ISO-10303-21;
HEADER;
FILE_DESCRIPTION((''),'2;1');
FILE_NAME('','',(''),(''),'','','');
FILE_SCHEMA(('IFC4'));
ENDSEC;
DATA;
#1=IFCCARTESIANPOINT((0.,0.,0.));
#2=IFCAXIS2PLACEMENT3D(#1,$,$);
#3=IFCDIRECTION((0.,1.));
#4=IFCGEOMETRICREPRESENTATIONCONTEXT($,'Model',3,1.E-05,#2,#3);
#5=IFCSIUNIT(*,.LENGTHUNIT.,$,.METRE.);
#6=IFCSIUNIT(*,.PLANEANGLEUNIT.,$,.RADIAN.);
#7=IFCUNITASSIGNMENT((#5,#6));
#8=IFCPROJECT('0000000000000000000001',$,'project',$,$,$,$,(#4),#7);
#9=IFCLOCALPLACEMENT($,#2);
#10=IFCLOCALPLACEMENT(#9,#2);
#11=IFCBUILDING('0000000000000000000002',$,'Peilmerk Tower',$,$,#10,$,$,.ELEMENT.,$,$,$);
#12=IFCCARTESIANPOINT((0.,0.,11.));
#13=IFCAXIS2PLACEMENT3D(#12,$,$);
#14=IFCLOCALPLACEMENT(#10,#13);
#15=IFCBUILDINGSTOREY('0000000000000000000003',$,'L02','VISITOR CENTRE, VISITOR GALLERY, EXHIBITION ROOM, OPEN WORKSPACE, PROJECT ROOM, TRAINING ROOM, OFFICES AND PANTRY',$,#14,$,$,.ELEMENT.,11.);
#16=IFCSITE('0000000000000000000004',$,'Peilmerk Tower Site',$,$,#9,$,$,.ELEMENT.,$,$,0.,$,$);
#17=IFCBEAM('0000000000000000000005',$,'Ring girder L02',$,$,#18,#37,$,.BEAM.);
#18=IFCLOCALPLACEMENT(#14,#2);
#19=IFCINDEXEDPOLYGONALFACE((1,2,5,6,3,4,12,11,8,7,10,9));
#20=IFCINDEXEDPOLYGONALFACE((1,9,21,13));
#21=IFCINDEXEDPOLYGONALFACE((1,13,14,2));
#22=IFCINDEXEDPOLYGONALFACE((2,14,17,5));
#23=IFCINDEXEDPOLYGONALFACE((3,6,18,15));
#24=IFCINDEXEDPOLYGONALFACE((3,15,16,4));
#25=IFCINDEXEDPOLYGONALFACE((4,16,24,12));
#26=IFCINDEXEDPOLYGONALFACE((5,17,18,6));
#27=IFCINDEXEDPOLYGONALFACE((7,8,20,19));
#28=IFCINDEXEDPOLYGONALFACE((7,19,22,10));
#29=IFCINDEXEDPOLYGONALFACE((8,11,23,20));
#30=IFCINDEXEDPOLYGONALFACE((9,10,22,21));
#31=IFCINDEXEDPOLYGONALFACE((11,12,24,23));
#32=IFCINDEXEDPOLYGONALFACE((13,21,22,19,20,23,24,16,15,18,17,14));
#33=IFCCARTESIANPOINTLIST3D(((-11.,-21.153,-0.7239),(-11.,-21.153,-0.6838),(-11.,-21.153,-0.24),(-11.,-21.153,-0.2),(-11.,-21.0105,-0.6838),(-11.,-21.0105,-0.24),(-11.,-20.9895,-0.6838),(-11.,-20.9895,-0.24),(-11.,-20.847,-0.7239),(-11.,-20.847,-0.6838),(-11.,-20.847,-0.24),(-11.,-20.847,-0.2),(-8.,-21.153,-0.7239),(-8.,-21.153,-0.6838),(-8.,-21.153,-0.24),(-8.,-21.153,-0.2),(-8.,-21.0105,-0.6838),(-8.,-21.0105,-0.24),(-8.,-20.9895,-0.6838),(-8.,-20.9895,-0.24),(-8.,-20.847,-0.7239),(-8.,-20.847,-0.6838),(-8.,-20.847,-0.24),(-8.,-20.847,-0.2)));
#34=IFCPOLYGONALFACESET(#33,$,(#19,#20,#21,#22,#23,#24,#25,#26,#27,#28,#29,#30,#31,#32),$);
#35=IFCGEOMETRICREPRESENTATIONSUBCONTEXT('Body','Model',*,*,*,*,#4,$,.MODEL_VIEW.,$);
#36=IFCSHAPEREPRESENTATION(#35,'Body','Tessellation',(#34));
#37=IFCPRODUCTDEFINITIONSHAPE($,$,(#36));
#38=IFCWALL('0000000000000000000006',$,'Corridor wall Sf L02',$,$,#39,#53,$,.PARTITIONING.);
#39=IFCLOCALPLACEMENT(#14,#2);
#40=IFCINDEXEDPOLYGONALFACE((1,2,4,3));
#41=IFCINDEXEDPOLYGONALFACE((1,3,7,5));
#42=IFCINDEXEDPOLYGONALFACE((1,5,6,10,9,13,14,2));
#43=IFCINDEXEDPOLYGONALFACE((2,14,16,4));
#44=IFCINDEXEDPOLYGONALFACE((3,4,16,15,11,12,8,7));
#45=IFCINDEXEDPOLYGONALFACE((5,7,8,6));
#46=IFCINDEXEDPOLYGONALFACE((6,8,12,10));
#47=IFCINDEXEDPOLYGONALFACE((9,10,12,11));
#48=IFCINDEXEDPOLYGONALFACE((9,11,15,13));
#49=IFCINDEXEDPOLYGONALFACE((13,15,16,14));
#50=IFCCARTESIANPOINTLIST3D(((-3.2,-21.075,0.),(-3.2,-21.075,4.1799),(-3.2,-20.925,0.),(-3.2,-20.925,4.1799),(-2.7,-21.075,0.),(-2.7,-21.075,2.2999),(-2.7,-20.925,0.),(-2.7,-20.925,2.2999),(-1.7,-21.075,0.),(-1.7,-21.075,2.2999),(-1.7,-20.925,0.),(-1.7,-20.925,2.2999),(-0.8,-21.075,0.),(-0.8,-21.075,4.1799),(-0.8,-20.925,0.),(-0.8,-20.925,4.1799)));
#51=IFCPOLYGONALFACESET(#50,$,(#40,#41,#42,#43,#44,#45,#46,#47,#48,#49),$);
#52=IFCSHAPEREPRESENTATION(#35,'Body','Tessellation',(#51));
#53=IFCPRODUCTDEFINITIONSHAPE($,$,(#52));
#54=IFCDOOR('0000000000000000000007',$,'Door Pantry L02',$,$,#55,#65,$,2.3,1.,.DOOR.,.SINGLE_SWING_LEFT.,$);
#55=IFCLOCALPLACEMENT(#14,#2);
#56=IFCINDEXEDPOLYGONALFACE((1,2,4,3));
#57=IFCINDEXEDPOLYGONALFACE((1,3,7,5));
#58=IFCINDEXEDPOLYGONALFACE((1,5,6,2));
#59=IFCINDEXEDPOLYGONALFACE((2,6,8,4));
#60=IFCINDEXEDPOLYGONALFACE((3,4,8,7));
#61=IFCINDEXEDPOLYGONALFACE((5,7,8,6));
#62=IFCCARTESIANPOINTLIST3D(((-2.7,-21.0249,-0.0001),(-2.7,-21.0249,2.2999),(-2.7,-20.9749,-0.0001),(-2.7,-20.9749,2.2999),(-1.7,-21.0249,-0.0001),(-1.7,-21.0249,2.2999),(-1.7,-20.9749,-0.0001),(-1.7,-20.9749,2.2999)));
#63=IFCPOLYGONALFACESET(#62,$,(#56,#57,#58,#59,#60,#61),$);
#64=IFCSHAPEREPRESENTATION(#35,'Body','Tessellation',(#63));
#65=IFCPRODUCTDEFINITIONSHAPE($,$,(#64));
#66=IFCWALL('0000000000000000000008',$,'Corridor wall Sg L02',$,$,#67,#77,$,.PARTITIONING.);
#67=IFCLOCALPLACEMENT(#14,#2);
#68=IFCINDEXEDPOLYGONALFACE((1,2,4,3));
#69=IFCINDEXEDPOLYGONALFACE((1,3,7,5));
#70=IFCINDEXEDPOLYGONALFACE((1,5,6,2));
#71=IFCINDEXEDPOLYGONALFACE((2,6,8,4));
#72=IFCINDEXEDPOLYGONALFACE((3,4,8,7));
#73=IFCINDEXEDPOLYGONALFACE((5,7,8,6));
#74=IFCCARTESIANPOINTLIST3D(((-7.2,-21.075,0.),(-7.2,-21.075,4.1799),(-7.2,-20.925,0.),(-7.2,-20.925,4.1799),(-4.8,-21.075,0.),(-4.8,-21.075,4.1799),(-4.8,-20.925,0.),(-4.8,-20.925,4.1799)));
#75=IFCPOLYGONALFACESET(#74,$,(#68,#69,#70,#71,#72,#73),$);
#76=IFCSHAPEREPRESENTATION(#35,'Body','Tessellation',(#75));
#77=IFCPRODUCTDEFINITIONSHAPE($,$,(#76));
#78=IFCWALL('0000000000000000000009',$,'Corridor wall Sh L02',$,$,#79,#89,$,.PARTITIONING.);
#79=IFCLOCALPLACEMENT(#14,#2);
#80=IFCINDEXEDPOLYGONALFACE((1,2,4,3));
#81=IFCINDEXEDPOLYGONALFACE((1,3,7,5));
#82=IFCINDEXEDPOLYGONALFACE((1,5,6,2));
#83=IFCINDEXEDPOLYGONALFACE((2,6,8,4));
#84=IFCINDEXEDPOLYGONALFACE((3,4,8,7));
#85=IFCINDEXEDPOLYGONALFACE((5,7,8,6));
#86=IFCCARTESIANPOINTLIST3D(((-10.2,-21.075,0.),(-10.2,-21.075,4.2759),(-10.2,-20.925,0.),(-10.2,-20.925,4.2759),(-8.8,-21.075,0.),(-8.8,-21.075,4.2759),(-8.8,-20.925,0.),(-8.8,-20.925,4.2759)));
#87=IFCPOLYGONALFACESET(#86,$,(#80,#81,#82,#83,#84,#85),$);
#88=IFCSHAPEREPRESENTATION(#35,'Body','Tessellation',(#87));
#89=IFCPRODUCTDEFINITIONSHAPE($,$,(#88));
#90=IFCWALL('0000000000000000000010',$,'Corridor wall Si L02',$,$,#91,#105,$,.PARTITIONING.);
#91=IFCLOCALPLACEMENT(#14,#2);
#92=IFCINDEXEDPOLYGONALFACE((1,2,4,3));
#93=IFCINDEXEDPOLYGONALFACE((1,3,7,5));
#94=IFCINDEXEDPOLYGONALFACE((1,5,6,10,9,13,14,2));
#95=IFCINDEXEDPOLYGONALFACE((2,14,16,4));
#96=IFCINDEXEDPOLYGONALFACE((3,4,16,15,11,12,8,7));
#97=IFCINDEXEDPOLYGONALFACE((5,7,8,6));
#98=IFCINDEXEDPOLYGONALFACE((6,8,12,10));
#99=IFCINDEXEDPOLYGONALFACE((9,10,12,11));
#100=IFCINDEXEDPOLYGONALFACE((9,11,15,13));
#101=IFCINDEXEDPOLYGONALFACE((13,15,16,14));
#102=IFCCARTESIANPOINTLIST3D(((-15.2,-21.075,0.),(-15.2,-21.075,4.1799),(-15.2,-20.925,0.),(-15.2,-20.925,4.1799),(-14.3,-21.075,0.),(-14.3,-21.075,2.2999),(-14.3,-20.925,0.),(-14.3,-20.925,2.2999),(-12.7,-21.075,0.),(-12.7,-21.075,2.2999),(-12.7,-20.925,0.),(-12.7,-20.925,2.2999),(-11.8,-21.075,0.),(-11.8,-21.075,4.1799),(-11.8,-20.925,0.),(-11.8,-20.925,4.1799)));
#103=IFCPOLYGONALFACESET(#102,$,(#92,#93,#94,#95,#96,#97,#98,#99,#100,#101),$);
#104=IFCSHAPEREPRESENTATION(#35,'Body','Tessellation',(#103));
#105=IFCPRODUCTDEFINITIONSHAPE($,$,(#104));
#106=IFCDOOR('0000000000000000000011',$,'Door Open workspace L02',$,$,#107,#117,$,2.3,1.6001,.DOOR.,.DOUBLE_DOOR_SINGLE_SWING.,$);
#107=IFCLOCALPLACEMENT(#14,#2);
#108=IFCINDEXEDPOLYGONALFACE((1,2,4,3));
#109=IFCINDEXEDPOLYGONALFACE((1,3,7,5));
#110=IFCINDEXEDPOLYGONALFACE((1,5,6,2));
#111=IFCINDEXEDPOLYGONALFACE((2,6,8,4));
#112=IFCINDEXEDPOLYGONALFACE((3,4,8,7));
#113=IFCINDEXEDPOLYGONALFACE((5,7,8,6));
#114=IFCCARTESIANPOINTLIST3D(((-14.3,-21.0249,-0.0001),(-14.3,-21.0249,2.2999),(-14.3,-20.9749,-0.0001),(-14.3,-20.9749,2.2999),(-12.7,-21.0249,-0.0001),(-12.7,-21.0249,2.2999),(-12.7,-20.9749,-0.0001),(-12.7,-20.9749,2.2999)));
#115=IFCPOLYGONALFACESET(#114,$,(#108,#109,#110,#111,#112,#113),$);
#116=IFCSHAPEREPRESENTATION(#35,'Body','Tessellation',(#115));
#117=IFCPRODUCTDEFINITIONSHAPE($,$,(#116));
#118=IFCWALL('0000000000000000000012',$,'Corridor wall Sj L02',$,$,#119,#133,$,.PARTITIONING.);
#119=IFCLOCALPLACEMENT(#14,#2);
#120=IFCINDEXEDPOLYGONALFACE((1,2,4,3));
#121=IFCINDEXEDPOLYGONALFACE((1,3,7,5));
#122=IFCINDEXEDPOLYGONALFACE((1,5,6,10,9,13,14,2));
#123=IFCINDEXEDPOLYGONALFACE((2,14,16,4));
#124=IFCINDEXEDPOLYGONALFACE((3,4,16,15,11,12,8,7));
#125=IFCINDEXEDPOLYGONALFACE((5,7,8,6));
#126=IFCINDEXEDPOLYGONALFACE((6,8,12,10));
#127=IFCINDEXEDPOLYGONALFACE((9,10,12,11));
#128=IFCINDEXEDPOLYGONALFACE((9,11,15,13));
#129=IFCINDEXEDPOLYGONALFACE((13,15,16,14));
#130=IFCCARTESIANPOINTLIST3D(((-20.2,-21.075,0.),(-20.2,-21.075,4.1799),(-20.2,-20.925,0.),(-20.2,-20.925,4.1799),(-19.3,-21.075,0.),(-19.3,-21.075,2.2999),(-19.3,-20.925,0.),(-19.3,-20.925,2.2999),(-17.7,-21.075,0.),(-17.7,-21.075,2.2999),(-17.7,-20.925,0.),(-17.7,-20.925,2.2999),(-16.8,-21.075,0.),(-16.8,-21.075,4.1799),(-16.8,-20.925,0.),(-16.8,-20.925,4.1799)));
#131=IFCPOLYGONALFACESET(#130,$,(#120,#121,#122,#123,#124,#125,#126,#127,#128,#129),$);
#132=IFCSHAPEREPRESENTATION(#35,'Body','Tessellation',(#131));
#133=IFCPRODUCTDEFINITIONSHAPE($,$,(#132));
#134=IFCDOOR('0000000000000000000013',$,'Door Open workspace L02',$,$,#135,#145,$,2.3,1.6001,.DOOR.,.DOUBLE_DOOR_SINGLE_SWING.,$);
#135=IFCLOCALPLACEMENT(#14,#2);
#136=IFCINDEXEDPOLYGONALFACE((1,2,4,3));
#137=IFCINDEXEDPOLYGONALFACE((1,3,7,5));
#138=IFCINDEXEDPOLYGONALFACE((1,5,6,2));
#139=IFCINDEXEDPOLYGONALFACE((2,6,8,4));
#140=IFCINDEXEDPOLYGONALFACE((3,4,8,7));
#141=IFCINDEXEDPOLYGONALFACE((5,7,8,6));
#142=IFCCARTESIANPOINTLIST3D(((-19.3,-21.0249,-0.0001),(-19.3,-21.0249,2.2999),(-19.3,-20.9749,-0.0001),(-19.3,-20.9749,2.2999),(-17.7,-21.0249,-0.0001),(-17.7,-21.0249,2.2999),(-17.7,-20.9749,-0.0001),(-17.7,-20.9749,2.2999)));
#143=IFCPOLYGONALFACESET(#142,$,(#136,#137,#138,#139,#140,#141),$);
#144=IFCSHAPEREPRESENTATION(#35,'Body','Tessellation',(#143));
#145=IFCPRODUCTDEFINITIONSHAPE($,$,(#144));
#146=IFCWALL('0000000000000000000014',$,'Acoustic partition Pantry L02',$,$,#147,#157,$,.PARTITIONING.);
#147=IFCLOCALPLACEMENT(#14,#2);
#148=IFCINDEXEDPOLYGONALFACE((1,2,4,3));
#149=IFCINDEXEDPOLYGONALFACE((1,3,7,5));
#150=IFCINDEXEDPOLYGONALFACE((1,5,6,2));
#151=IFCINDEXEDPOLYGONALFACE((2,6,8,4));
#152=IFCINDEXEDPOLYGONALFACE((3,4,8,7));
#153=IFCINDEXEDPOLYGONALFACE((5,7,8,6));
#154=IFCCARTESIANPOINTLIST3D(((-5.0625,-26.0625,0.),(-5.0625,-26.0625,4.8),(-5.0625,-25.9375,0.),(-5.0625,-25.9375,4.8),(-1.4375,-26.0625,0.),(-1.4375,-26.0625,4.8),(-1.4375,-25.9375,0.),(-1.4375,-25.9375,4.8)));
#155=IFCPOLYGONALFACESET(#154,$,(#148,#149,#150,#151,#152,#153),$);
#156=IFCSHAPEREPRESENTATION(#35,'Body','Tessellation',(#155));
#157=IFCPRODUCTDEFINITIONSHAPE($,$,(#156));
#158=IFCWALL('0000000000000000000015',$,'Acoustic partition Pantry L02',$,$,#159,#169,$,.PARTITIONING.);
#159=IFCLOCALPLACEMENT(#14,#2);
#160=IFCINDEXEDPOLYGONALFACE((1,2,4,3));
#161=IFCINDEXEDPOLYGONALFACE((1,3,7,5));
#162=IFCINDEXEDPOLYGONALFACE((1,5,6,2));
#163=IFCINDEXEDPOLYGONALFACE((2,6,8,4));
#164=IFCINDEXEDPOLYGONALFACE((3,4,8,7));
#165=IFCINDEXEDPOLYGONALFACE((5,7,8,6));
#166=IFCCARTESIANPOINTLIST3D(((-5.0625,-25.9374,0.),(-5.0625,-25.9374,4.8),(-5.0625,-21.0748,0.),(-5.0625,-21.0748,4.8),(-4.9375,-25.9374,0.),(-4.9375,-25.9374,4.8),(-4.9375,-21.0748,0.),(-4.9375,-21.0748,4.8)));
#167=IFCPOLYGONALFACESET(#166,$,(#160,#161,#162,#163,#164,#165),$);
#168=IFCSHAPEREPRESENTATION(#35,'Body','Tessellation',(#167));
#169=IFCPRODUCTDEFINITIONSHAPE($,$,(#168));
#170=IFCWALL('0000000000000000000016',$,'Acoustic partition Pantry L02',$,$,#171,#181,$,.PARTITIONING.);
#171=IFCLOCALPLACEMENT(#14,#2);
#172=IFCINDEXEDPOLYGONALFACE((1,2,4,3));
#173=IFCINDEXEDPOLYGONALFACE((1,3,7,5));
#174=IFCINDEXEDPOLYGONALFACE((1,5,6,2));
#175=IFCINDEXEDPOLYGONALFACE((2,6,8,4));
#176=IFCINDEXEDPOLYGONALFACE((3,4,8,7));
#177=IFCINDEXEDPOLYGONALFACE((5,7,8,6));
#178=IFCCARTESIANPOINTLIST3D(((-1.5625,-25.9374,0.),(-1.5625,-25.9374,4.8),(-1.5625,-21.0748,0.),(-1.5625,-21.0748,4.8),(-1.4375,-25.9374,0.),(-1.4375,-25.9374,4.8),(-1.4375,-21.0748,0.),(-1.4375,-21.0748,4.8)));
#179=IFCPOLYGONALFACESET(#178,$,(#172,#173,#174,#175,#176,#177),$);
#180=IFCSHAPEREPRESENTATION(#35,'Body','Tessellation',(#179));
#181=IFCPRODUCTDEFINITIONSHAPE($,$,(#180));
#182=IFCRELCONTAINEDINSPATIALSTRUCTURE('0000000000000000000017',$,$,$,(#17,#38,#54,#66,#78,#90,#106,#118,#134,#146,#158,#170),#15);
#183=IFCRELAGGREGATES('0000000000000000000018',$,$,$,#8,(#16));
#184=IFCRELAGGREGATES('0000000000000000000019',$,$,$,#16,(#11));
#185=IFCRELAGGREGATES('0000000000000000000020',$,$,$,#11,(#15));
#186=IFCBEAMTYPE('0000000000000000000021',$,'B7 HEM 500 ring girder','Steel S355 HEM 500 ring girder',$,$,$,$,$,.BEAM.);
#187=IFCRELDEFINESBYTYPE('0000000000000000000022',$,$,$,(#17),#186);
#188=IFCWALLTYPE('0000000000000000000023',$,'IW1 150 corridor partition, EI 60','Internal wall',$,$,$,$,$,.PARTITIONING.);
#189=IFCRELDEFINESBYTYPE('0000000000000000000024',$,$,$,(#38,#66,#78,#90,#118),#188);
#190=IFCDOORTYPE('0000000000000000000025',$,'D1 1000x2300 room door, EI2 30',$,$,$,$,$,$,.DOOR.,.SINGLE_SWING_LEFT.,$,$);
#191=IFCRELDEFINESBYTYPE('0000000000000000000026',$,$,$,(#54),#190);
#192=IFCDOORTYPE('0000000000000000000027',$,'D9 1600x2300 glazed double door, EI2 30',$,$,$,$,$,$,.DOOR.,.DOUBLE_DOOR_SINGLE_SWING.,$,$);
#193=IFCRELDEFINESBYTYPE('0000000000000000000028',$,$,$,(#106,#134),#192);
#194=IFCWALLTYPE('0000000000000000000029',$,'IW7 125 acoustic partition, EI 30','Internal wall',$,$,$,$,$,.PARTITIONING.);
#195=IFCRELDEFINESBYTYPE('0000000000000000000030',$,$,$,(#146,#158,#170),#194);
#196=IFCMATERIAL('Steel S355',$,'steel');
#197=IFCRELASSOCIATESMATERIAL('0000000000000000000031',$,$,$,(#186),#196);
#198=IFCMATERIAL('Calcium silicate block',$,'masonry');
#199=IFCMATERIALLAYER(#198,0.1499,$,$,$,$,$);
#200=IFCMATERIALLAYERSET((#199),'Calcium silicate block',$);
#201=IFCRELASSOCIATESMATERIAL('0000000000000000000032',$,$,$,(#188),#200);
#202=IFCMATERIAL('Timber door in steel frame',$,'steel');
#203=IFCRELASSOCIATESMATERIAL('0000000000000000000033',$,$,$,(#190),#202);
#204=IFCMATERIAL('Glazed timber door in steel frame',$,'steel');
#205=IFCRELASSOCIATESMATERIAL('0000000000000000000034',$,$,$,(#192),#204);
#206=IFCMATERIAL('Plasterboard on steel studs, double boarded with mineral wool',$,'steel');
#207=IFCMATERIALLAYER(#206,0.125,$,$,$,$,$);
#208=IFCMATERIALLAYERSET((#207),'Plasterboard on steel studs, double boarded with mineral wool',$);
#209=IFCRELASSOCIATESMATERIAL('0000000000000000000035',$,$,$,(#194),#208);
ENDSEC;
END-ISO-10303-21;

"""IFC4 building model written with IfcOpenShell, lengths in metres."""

from ifc_helpers import new_model, si_unit, direction, frame, frame_2d, origin, origin_2d, place, context, subcontext, project, spatial, rectangle, i_section, extrude, material, layer, layer_set, material_profile, profile_set, type_object, element, fill, save


model = new_model("IFC4")

# Units and contexts
model_context = context("Model", 3, precision=1e-05, world=origin(), true_north=direction((0.0, 1.0)))
body_context = subcontext(model_context, "Body", "Model", "MODEL_VIEW")
ifc_project = project(units=[si_unit("LENGTHUNIT", "METRE"), si_unit("PLANEANGLEUNIT", "RADIAN")], contexts=[model_context])

# Site, building, storey
site_placement = place(None, origin())
site = spatial("IfcSite", under=ifc_project, at=site_placement, Name="Peilmerk Tower Site", CompositionType="ELEMENT", RefElevation=0.0)
building_placement = place(site_placement, origin())
building = spatial("IfcBuilding", under=site, at=building_placement, Name="Peilmerk Tower", CompositionType="ELEMENT")
storey_placement = place(building_placement, frame((0.0, 0.0, 11.0)))
storey = spatial("IfcBuildingStorey", under=building, at=storey_placement, Name="L02", Description="VISITOR CENTRE, VISITOR GALLERY, EXHIBITION ROOM, OPEN WORKSPACE, PROJECT ROOM, TRAINING ROOM, OFFICES AND PANTRY", CompositionType="ELEMENT", Elevation=11.0)

# Beam
ifc_material_1 = material(Name="Steel S355", Category="steel")
ifc_material_profile_1 = material_profile(ifc_material_1, i_section(OverallWidth=0.3059, OverallDepth=0.5239, WebThickness=0.021, FlangeThickness=0.04, at=origin_2d()), Name="HEM 500")
ifc_profile_set_1 = profile_set([ifc_material_profile_1], Name="Steel S355")
beam_type_1 = type_object("IfcBeamType", Name="B7 HEM 500 ring girder", Description="Steel S355 HEM 500 ring girder", PredefinedType="BEAM", material=ifc_profile_set_1)
beam_1_placement = place(storey_placement, frame((-11.0, -21.0, -0.4619), z_axis=(1.0, 0.0, 0.0), x_axis=(0.0, 1.0, 0.0)))
element("IfcBeam", 1, at=beam_1_placement, inside=storey, type_object=beam_type_1, Name="Ring girder L02", PredefinedType="BEAM", context=body_context, shape_type="SweptSolid", body=[
    extrude(i_section(OverallWidth=0.3059, OverallDepth=0.5239, WebThickness=0.021, FlangeThickness=0.04, at=origin_2d()), origin(), (0.0, 0.0, 1.0), 3.0),
])

# Wall, opening, door
ifc_material_2 = material(Name="Calcium silicate block", Category="masonry")
ifc_layer_1 = layer(ifc_material_2, 0.1499)
ifc_layer_set_1 = layer_set([ifc_layer_1], Name="Calcium silicate block")
wall_type_1 = type_object("IfcWallType", Name="IW1 150 corridor partition, EI 60", Description="Internal wall", PredefinedType="PARTITIONING", material=ifc_layer_set_1)
wall_1_placement = place(storey_placement, frame((-0.8, -21.0, 0.0), z_axis=(0.0, 0.0, 1.0), x_axis=(-1.0, 0.0, 0.0)))
wall_1 = element("IfcWall", 2, at=wall_1_placement, inside=storey, type_object=wall_type_1, Name="Corridor wall Sf L02", PredefinedType="PARTITIONING", context=body_context, shape_type="SweptSolid", body=[
    extrude(rectangle(XDim=2.3999, YDim=0.1499, at=frame_2d((1.2, 0.0))), origin(), (0.0, 0.0, 1.0), 4.1799),
])
opening_1_placement = place(wall_1_placement, frame((0.8999, 0.0, 0.0)))
opening_1 = element("IfcOpeningElement", 3, at=opening_1_placement, cuts=wall_1, PredefinedType="OPENING", context=body_context, shape_type="SweptSolid", body=[
    extrude(rectangle(XDim=1.0, YDim=2.3, at=frame_2d((0.5, 1.1499))), frame((0.0, 0.085, 0.0), z_axis=(0.0, -1.0, 0.0), x_axis=(1.0, 0.0, 0.0)), (0.0, 0.0, 1.0), 0.1699),
])
ifc_material_3 = material(Name="Timber door in steel frame", Category="steel")
door_type_1 = type_object("IfcDoorType", Name="D1 1000x2300 room door, EI2 30", OperationType="SINGLE_SWING_LEFT", PredefinedType="DOOR", material=ifc_material_3)
door_1_placement = place(opening_1_placement, origin())
door_1 = element("IfcDoor", 4, at=door_1_placement, inside=storey, type_object=door_type_1, Name="Door Pantry L02", OperationType="SINGLE_SWING_LEFT", OverallHeight=2.3, OverallWidth=1.0, PredefinedType="DOOR", context=body_context, shape_type="SweptSolid", body=[
    extrude(rectangle(XDim=1.0, YDim=2.3, at=frame_2d((0.5, 1.1499))), frame((0.0, 0.0249, 0.0), z_axis=(0.0, -1.0, 0.0), x_axis=(1.0, 0.0, 0.0)), (0.0, 0.0, 1.0), 0.05),
])
fill(opening_1, door_1)

# Walls
wall_2_placement = place(storey_placement, frame((-4.8, -21.0, 0.0), z_axis=(0.0, 0.0, 1.0), x_axis=(-1.0, 0.0, 0.0)))
element("IfcWall", 5, at=wall_2_placement, inside=storey, type_object=wall_type_1, Name="Corridor wall Sg L02", PredefinedType="PARTITIONING", context=body_context, shape_type="SweptSolid", body=[
    extrude(rectangle(XDim=2.3999, YDim=0.1499, at=frame_2d((1.2, 0.0))), origin(), (0.0, 0.0, 1.0), 4.1799),
])
wall_3_placement = place(storey_placement, frame((-8.8, -21.0, 0.0), z_axis=(0.0, 0.0, 1.0), x_axis=(-1.0, 0.0, 0.0)))
element("IfcWall", 6, at=wall_3_placement, inside=storey, type_object=wall_type_1, Name="Corridor wall Sh L02", PredefinedType="PARTITIONING", context=body_context, shape_type="SweptSolid", body=[
    extrude(rectangle(XDim=1.3999, YDim=0.1499, at=frame_2d((0.7, 0.0))), origin(), (0.0, 0.0, 1.0), 4.2759),
])

# Walls, openings, doors
wall_4_placement = place(storey_placement, frame((-11.8, -21.0, 0.0), z_axis=(0.0, 0.0, 1.0), x_axis=(-1.0, 0.0, 0.0)))
wall_4 = element("IfcWall", 7, at=wall_4_placement, inside=storey, type_object=wall_type_1, Name="Corridor wall Si L02", PredefinedType="PARTITIONING", context=body_context, shape_type="SweptSolid", body=[
    extrude(rectangle(XDim=3.3999, YDim=0.1499, at=frame_2d((1.7, 0.0))), origin(), (0.0, 0.0, 1.0), 4.1799),
])
opening_2_placement = place(wall_4_placement, frame((0.8999, 0.0, 0.0)))
opening_2 = element("IfcOpeningElement", 8, at=opening_2_placement, cuts=wall_4, PredefinedType="OPENING", context=body_context, shape_type="SweptSolid", body=[
    extrude(rectangle(XDim=1.6001, YDim=2.3, at=frame_2d((0.8, 1.1499))), frame((0.0, 0.085, 0.0), z_axis=(0.0, -1.0, 0.0), x_axis=(1.0, 0.0, 0.0)), (0.0, 0.0, 1.0), 0.1699),
])
ifc_material_4 = material(Name="Glazed timber door in steel frame", Category="steel")
door_type_2 = type_object("IfcDoorType", Name="D9 1600x2300 glazed double door, EI2 30", OperationType="DOUBLE_DOOR_SINGLE_SWING", PredefinedType="DOOR", material=ifc_material_4)
door_2_placement = place(opening_2_placement, origin())
door_2 = element("IfcDoor", 9, at=door_2_placement, inside=storey, type_object=door_type_2, Name="Door Open workspace L02", OperationType="DOUBLE_DOOR_SINGLE_SWING", OverallHeight=2.3, OverallWidth=1.6001, PredefinedType="DOOR", context=body_context, shape_type="SweptSolid", body=[
    extrude(rectangle(XDim=1.6001, YDim=2.3, at=frame_2d((0.8, 1.1499))), frame((0.0, 0.0249, 0.0), z_axis=(0.0, -1.0, 0.0), x_axis=(1.0, 0.0, 0.0)), (0.0, 0.0, 1.0), 0.05),
])
fill(opening_2, door_2)
wall_5_placement = place(storey_placement, frame((-16.8, -21.0, 0.0), z_axis=(0.0, 0.0, 1.0), x_axis=(-1.0, 0.0, 0.0)))
wall_5 = element("IfcWall", 10, at=wall_5_placement, inside=storey, type_object=wall_type_1, Name="Corridor wall Sj L02", PredefinedType="PARTITIONING", context=body_context, shape_type="SweptSolid", body=[
    extrude(rectangle(XDim=3.3999, YDim=0.1499, at=frame_2d((1.7, 0.0))), origin(), (0.0, 0.0, 1.0), 4.1799),
])
opening_3_placement = place(wall_5_placement, frame((0.8999, 0.0, 0.0)))
opening_3 = element("IfcOpeningElement", 11, at=opening_3_placement, cuts=wall_5, PredefinedType="OPENING", context=body_context, shape_type="SweptSolid", body=[
    extrude(rectangle(XDim=1.6001, YDim=2.3, at=frame_2d((0.8, 1.1499))), frame((0.0, 0.085, 0.0), z_axis=(0.0, -1.0, 0.0), x_axis=(1.0, 0.0, 0.0)), (0.0, 0.0, 1.0), 0.1699),
])
door_3_placement = place(opening_3_placement, origin())
door_3 = element("IfcDoor", 12, at=door_3_placement, inside=storey, type_object=door_type_2, Name="Door Open workspace L02", OperationType="DOUBLE_DOOR_SINGLE_SWING", OverallHeight=2.3, OverallWidth=1.6001, PredefinedType="DOOR", context=body_context, shape_type="SweptSolid", body=[
    extrude(rectangle(XDim=1.6001, YDim=2.3, at=frame_2d((0.8, 1.1499))), frame((0.0, 0.0249, 0.0), z_axis=(0.0, -1.0, 0.0), x_axis=(1.0, 0.0, 0.0)), (0.0, 0.0, 1.0), 0.05),
])
fill(opening_3, door_3)

# Walls
ifc_material_5 = material(Name="Plasterboard on steel studs, double boarded with mineral wool", Category="steel")
ifc_layer_2 = layer(ifc_material_5, 0.125)
ifc_layer_set_2 = layer_set([ifc_layer_2], Name="Plasterboard on steel studs, double boarded with mineral wool")
wall_type_2 = type_object("IfcWallType", Name="IW7 125 acoustic partition, EI 30", Description="Internal wall", PredefinedType="PARTITIONING", material=ifc_layer_set_2)
wall_6_placement = place(storey_placement, frame((-5.0625, -26.0, 0.0), z_axis=(0.0, 0.0, 1.0), x_axis=(1.0, 0.0, 0.0)))
element("IfcWall", 13, at=wall_6_placement, inside=storey, type_object=wall_type_2, Name="Acoustic partition Pantry L02", PredefinedType="PARTITIONING", context=body_context, shape_type="SweptSolid", body=[
    extrude(rectangle(XDim=3.625, YDim=0.125, at=frame_2d((1.8125, 0.0))), origin(), (0.0, 0.0, 1.0), 4.8),
])
for number, where, z_axis, x_axis, name in (
    (14, (-5.0, -21.075, 0.0), (0.0, 0.0, 1.0), (0.0, -1.0, 0.0), "Acoustic partition Pantry L02"),
    (15, (-1.5, -21.075, 0.0), (0.0, 0.0, 1.0), (0.0, -1.0, 0.0), "Acoustic partition Pantry L02"),
):
    element("IfcWall", number, at=place(storey_placement, frame(where, z_axis=z_axis, x_axis=x_axis)), inside=storey, type_object=wall_type_2, Name=name, PredefinedType="PARTITIONING", context=body_context, shape_type="SweptSolid", body=[
        extrude(rectangle(XDim=4.8625, YDim=0.125, at=frame_2d((2.4312, 0.0))), origin(), (0.0, 0.0, 1.0), 4.8),
    ])

save(model, "model.ifc")
